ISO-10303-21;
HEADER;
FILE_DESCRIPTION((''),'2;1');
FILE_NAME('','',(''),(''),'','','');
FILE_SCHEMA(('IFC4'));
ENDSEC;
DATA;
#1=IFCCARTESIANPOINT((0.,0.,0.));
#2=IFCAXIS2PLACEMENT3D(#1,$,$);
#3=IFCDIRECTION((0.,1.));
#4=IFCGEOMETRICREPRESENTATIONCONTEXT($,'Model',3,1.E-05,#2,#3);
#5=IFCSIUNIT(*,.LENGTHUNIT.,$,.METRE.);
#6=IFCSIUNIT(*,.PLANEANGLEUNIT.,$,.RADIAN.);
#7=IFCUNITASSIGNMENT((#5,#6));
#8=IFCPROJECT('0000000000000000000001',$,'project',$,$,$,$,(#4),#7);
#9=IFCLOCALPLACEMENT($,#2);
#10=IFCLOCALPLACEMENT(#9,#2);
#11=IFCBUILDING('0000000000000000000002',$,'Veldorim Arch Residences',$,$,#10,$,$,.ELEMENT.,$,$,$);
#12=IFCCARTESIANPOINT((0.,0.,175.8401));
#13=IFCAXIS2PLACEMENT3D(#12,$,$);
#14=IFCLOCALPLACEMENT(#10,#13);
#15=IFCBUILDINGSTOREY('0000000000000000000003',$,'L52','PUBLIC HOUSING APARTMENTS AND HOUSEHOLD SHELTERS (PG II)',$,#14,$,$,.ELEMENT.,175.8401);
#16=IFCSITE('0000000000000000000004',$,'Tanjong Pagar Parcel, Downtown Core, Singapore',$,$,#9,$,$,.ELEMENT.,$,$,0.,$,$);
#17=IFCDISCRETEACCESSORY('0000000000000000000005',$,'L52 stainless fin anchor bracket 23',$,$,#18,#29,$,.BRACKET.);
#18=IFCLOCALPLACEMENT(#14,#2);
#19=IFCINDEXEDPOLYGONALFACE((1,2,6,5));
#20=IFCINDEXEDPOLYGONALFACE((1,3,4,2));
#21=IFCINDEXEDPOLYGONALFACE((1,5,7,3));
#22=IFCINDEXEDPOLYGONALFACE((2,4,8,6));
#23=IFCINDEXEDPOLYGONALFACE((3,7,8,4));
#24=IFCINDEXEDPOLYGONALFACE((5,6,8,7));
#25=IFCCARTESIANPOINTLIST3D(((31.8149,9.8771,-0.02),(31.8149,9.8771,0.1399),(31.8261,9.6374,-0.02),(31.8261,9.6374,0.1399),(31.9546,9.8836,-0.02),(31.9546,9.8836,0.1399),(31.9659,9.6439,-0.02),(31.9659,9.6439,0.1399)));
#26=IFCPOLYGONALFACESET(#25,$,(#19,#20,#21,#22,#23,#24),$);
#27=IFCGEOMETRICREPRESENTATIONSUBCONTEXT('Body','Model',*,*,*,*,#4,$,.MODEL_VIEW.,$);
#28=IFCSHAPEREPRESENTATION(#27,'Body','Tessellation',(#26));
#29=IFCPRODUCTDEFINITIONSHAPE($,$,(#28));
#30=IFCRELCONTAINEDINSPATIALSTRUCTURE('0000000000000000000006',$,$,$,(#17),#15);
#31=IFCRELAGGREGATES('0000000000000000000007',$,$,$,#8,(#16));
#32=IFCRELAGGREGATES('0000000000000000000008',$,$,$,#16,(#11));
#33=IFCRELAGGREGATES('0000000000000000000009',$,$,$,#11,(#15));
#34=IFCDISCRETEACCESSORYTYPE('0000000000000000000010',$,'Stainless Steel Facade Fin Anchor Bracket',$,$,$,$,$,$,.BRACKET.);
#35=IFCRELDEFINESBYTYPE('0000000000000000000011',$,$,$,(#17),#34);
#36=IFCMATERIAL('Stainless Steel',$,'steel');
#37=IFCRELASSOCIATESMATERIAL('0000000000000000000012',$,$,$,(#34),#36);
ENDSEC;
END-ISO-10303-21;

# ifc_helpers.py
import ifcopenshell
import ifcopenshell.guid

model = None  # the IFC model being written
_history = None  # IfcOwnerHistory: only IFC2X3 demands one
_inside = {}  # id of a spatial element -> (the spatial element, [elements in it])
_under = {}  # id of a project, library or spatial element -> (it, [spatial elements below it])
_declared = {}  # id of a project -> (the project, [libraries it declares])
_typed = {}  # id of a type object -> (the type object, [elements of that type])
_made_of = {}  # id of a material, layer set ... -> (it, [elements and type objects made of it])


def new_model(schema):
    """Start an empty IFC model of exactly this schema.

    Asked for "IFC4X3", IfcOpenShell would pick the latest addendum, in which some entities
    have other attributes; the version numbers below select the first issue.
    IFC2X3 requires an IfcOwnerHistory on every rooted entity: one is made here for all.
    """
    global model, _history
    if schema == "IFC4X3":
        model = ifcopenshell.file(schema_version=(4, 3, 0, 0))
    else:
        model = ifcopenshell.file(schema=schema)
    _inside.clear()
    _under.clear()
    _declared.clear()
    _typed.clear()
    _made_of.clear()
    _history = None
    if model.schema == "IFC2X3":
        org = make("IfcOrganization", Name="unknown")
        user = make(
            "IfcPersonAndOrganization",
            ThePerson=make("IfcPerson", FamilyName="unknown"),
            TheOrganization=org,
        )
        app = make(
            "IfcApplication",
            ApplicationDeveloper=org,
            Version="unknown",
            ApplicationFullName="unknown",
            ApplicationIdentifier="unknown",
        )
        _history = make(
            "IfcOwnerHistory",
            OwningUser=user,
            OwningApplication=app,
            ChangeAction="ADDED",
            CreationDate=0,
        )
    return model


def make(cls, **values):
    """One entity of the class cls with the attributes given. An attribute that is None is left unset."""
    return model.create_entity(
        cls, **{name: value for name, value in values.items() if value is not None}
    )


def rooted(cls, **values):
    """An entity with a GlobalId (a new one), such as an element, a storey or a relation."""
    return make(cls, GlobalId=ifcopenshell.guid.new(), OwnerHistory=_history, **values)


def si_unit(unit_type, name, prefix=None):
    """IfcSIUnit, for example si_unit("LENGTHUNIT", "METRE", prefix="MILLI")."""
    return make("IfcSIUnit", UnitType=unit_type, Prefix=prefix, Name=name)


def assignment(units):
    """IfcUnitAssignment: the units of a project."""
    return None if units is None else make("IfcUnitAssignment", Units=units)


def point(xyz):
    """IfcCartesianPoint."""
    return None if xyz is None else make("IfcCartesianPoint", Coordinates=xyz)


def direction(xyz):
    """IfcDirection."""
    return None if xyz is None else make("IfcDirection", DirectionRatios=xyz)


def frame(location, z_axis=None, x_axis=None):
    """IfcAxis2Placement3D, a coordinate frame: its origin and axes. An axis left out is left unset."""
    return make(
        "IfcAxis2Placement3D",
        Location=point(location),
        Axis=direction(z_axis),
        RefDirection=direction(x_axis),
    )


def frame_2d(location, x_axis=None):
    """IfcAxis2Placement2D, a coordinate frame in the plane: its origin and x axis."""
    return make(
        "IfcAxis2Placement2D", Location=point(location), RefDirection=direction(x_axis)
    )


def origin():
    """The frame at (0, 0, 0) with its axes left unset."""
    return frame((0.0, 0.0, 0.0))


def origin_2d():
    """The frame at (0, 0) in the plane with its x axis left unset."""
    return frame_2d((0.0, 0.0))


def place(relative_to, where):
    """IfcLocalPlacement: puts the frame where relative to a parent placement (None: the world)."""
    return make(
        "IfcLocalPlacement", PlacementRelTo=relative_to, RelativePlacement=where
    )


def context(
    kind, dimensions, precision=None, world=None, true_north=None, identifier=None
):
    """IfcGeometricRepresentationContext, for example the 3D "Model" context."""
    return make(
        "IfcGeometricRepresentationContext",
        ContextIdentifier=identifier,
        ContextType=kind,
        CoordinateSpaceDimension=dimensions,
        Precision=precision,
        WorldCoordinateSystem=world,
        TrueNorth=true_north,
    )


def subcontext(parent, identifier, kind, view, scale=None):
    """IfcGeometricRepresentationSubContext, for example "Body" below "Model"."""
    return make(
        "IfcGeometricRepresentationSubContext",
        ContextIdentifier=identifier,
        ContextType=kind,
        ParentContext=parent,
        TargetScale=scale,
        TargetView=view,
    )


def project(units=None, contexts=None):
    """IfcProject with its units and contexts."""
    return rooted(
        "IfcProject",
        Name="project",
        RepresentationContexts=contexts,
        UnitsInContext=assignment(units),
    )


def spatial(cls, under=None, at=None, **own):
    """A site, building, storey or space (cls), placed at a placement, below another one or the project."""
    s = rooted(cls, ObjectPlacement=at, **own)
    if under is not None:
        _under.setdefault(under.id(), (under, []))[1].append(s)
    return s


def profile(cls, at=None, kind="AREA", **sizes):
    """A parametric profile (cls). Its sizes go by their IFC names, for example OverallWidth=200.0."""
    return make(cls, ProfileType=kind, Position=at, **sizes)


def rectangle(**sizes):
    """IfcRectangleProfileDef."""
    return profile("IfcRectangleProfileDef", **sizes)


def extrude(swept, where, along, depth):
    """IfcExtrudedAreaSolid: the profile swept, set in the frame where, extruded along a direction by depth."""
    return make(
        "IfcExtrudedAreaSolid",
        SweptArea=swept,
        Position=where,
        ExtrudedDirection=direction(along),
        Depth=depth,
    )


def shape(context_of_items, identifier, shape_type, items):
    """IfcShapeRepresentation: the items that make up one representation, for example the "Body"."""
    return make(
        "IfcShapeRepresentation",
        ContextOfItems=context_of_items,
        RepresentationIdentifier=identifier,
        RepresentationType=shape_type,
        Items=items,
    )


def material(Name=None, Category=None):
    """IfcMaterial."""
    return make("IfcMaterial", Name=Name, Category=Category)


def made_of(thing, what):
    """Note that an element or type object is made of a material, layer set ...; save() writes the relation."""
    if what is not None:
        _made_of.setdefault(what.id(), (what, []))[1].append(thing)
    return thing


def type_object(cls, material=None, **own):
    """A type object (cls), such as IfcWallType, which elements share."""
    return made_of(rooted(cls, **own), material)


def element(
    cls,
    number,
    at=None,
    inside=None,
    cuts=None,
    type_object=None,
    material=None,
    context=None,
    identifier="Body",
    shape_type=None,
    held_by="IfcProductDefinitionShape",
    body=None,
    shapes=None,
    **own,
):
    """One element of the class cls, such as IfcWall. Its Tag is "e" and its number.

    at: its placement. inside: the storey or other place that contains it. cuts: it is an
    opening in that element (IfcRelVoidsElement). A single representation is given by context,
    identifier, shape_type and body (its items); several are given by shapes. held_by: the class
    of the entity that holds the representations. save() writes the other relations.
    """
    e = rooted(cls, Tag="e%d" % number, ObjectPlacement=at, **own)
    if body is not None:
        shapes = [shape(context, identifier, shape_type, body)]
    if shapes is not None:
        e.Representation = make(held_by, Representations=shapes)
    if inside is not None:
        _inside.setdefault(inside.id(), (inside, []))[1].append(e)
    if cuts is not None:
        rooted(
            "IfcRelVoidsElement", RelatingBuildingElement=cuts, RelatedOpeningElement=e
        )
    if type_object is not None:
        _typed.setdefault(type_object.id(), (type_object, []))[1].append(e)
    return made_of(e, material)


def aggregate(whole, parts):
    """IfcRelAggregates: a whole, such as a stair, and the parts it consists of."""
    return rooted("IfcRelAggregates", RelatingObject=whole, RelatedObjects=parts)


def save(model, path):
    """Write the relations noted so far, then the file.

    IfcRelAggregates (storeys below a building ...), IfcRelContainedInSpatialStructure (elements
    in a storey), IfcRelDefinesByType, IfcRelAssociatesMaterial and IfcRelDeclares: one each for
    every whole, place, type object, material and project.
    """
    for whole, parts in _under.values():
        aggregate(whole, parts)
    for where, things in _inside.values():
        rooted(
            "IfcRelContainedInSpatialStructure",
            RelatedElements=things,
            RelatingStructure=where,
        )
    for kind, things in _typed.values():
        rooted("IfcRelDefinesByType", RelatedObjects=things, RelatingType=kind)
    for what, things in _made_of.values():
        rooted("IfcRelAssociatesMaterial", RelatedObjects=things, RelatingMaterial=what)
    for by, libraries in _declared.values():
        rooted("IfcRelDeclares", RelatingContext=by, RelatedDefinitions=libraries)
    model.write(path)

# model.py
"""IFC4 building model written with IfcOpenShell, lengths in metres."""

from ifc_helpers import new_model, si_unit, direction, frame, origin, origin_2d, place, context, subcontext, project, spatial, rectangle, extrude, material, type_object, element, save


model = new_model("IFC4")

# Units and contexts
model_context = context("Model", 3, precision=1e-05, world=origin(), true_north=direction((0.0, 1.0)))
body_context = subcontext(model_context, "Body", "Model", "MODEL_VIEW")
ifc_project = project(units=[si_unit("LENGTHUNIT", "METRE"), si_unit("PLANEANGLEUNIT", "RADIAN")], contexts=[model_context])

# Site, building, storey
site_placement = place(None, origin())
site = spatial("IfcSite", under=ifc_project, at=site_placement, Name="Tanjong Pagar Parcel, Downtown Core, Singapore", CompositionType="ELEMENT", RefElevation=0.0)
building_placement = place(site_placement, origin())
building = spatial("IfcBuilding", under=site, at=building_placement, Name="Veldorim Arch Residences", CompositionType="ELEMENT")
storey_placement = place(building_placement, frame((0.0, 0.0, 175.8401)))
storey = spatial("IfcBuildingStorey", under=building, at=storey_placement, Name="L52", Description="PUBLIC HOUSING APARTMENTS AND HOUSEHOLD SHELTERS (PG II)", CompositionType="ELEMENT", Elevation=175.8401)

# Discrete accessory
ifc_material_1 = material(Name="Stainless Steel", Category="steel")
discrete_accessory_type = type_object("IfcDiscreteAccessoryType", Name="Stainless Steel Facade Fin Anchor Bracket", PredefinedType="BRACKET", material=ifc_material_1)
discrete_accessory_placement = place(storey_placement, frame((31.8904, 9.7605, -0.02), z_axis=(0.0, 0.0, 1.0), x_axis=(-0.998906, -0.046758, 0.0)))
element("IfcDiscreteAccessory", 1, at=discrete_accessory_placement, inside=storey, type_object=discrete_accessory_type, Name="L52 stainless fin anchor bracket 23", PredefinedType="BRACKET", context=body_context, shape_type="SweptSolid", body=[
    extrude(rectangle(XDim=0.1399, YDim=0.24, at=origin_2d()), origin(), (0.0, 0.0, 1.0), 0.1599),
])

save(model, "model.ifc")
